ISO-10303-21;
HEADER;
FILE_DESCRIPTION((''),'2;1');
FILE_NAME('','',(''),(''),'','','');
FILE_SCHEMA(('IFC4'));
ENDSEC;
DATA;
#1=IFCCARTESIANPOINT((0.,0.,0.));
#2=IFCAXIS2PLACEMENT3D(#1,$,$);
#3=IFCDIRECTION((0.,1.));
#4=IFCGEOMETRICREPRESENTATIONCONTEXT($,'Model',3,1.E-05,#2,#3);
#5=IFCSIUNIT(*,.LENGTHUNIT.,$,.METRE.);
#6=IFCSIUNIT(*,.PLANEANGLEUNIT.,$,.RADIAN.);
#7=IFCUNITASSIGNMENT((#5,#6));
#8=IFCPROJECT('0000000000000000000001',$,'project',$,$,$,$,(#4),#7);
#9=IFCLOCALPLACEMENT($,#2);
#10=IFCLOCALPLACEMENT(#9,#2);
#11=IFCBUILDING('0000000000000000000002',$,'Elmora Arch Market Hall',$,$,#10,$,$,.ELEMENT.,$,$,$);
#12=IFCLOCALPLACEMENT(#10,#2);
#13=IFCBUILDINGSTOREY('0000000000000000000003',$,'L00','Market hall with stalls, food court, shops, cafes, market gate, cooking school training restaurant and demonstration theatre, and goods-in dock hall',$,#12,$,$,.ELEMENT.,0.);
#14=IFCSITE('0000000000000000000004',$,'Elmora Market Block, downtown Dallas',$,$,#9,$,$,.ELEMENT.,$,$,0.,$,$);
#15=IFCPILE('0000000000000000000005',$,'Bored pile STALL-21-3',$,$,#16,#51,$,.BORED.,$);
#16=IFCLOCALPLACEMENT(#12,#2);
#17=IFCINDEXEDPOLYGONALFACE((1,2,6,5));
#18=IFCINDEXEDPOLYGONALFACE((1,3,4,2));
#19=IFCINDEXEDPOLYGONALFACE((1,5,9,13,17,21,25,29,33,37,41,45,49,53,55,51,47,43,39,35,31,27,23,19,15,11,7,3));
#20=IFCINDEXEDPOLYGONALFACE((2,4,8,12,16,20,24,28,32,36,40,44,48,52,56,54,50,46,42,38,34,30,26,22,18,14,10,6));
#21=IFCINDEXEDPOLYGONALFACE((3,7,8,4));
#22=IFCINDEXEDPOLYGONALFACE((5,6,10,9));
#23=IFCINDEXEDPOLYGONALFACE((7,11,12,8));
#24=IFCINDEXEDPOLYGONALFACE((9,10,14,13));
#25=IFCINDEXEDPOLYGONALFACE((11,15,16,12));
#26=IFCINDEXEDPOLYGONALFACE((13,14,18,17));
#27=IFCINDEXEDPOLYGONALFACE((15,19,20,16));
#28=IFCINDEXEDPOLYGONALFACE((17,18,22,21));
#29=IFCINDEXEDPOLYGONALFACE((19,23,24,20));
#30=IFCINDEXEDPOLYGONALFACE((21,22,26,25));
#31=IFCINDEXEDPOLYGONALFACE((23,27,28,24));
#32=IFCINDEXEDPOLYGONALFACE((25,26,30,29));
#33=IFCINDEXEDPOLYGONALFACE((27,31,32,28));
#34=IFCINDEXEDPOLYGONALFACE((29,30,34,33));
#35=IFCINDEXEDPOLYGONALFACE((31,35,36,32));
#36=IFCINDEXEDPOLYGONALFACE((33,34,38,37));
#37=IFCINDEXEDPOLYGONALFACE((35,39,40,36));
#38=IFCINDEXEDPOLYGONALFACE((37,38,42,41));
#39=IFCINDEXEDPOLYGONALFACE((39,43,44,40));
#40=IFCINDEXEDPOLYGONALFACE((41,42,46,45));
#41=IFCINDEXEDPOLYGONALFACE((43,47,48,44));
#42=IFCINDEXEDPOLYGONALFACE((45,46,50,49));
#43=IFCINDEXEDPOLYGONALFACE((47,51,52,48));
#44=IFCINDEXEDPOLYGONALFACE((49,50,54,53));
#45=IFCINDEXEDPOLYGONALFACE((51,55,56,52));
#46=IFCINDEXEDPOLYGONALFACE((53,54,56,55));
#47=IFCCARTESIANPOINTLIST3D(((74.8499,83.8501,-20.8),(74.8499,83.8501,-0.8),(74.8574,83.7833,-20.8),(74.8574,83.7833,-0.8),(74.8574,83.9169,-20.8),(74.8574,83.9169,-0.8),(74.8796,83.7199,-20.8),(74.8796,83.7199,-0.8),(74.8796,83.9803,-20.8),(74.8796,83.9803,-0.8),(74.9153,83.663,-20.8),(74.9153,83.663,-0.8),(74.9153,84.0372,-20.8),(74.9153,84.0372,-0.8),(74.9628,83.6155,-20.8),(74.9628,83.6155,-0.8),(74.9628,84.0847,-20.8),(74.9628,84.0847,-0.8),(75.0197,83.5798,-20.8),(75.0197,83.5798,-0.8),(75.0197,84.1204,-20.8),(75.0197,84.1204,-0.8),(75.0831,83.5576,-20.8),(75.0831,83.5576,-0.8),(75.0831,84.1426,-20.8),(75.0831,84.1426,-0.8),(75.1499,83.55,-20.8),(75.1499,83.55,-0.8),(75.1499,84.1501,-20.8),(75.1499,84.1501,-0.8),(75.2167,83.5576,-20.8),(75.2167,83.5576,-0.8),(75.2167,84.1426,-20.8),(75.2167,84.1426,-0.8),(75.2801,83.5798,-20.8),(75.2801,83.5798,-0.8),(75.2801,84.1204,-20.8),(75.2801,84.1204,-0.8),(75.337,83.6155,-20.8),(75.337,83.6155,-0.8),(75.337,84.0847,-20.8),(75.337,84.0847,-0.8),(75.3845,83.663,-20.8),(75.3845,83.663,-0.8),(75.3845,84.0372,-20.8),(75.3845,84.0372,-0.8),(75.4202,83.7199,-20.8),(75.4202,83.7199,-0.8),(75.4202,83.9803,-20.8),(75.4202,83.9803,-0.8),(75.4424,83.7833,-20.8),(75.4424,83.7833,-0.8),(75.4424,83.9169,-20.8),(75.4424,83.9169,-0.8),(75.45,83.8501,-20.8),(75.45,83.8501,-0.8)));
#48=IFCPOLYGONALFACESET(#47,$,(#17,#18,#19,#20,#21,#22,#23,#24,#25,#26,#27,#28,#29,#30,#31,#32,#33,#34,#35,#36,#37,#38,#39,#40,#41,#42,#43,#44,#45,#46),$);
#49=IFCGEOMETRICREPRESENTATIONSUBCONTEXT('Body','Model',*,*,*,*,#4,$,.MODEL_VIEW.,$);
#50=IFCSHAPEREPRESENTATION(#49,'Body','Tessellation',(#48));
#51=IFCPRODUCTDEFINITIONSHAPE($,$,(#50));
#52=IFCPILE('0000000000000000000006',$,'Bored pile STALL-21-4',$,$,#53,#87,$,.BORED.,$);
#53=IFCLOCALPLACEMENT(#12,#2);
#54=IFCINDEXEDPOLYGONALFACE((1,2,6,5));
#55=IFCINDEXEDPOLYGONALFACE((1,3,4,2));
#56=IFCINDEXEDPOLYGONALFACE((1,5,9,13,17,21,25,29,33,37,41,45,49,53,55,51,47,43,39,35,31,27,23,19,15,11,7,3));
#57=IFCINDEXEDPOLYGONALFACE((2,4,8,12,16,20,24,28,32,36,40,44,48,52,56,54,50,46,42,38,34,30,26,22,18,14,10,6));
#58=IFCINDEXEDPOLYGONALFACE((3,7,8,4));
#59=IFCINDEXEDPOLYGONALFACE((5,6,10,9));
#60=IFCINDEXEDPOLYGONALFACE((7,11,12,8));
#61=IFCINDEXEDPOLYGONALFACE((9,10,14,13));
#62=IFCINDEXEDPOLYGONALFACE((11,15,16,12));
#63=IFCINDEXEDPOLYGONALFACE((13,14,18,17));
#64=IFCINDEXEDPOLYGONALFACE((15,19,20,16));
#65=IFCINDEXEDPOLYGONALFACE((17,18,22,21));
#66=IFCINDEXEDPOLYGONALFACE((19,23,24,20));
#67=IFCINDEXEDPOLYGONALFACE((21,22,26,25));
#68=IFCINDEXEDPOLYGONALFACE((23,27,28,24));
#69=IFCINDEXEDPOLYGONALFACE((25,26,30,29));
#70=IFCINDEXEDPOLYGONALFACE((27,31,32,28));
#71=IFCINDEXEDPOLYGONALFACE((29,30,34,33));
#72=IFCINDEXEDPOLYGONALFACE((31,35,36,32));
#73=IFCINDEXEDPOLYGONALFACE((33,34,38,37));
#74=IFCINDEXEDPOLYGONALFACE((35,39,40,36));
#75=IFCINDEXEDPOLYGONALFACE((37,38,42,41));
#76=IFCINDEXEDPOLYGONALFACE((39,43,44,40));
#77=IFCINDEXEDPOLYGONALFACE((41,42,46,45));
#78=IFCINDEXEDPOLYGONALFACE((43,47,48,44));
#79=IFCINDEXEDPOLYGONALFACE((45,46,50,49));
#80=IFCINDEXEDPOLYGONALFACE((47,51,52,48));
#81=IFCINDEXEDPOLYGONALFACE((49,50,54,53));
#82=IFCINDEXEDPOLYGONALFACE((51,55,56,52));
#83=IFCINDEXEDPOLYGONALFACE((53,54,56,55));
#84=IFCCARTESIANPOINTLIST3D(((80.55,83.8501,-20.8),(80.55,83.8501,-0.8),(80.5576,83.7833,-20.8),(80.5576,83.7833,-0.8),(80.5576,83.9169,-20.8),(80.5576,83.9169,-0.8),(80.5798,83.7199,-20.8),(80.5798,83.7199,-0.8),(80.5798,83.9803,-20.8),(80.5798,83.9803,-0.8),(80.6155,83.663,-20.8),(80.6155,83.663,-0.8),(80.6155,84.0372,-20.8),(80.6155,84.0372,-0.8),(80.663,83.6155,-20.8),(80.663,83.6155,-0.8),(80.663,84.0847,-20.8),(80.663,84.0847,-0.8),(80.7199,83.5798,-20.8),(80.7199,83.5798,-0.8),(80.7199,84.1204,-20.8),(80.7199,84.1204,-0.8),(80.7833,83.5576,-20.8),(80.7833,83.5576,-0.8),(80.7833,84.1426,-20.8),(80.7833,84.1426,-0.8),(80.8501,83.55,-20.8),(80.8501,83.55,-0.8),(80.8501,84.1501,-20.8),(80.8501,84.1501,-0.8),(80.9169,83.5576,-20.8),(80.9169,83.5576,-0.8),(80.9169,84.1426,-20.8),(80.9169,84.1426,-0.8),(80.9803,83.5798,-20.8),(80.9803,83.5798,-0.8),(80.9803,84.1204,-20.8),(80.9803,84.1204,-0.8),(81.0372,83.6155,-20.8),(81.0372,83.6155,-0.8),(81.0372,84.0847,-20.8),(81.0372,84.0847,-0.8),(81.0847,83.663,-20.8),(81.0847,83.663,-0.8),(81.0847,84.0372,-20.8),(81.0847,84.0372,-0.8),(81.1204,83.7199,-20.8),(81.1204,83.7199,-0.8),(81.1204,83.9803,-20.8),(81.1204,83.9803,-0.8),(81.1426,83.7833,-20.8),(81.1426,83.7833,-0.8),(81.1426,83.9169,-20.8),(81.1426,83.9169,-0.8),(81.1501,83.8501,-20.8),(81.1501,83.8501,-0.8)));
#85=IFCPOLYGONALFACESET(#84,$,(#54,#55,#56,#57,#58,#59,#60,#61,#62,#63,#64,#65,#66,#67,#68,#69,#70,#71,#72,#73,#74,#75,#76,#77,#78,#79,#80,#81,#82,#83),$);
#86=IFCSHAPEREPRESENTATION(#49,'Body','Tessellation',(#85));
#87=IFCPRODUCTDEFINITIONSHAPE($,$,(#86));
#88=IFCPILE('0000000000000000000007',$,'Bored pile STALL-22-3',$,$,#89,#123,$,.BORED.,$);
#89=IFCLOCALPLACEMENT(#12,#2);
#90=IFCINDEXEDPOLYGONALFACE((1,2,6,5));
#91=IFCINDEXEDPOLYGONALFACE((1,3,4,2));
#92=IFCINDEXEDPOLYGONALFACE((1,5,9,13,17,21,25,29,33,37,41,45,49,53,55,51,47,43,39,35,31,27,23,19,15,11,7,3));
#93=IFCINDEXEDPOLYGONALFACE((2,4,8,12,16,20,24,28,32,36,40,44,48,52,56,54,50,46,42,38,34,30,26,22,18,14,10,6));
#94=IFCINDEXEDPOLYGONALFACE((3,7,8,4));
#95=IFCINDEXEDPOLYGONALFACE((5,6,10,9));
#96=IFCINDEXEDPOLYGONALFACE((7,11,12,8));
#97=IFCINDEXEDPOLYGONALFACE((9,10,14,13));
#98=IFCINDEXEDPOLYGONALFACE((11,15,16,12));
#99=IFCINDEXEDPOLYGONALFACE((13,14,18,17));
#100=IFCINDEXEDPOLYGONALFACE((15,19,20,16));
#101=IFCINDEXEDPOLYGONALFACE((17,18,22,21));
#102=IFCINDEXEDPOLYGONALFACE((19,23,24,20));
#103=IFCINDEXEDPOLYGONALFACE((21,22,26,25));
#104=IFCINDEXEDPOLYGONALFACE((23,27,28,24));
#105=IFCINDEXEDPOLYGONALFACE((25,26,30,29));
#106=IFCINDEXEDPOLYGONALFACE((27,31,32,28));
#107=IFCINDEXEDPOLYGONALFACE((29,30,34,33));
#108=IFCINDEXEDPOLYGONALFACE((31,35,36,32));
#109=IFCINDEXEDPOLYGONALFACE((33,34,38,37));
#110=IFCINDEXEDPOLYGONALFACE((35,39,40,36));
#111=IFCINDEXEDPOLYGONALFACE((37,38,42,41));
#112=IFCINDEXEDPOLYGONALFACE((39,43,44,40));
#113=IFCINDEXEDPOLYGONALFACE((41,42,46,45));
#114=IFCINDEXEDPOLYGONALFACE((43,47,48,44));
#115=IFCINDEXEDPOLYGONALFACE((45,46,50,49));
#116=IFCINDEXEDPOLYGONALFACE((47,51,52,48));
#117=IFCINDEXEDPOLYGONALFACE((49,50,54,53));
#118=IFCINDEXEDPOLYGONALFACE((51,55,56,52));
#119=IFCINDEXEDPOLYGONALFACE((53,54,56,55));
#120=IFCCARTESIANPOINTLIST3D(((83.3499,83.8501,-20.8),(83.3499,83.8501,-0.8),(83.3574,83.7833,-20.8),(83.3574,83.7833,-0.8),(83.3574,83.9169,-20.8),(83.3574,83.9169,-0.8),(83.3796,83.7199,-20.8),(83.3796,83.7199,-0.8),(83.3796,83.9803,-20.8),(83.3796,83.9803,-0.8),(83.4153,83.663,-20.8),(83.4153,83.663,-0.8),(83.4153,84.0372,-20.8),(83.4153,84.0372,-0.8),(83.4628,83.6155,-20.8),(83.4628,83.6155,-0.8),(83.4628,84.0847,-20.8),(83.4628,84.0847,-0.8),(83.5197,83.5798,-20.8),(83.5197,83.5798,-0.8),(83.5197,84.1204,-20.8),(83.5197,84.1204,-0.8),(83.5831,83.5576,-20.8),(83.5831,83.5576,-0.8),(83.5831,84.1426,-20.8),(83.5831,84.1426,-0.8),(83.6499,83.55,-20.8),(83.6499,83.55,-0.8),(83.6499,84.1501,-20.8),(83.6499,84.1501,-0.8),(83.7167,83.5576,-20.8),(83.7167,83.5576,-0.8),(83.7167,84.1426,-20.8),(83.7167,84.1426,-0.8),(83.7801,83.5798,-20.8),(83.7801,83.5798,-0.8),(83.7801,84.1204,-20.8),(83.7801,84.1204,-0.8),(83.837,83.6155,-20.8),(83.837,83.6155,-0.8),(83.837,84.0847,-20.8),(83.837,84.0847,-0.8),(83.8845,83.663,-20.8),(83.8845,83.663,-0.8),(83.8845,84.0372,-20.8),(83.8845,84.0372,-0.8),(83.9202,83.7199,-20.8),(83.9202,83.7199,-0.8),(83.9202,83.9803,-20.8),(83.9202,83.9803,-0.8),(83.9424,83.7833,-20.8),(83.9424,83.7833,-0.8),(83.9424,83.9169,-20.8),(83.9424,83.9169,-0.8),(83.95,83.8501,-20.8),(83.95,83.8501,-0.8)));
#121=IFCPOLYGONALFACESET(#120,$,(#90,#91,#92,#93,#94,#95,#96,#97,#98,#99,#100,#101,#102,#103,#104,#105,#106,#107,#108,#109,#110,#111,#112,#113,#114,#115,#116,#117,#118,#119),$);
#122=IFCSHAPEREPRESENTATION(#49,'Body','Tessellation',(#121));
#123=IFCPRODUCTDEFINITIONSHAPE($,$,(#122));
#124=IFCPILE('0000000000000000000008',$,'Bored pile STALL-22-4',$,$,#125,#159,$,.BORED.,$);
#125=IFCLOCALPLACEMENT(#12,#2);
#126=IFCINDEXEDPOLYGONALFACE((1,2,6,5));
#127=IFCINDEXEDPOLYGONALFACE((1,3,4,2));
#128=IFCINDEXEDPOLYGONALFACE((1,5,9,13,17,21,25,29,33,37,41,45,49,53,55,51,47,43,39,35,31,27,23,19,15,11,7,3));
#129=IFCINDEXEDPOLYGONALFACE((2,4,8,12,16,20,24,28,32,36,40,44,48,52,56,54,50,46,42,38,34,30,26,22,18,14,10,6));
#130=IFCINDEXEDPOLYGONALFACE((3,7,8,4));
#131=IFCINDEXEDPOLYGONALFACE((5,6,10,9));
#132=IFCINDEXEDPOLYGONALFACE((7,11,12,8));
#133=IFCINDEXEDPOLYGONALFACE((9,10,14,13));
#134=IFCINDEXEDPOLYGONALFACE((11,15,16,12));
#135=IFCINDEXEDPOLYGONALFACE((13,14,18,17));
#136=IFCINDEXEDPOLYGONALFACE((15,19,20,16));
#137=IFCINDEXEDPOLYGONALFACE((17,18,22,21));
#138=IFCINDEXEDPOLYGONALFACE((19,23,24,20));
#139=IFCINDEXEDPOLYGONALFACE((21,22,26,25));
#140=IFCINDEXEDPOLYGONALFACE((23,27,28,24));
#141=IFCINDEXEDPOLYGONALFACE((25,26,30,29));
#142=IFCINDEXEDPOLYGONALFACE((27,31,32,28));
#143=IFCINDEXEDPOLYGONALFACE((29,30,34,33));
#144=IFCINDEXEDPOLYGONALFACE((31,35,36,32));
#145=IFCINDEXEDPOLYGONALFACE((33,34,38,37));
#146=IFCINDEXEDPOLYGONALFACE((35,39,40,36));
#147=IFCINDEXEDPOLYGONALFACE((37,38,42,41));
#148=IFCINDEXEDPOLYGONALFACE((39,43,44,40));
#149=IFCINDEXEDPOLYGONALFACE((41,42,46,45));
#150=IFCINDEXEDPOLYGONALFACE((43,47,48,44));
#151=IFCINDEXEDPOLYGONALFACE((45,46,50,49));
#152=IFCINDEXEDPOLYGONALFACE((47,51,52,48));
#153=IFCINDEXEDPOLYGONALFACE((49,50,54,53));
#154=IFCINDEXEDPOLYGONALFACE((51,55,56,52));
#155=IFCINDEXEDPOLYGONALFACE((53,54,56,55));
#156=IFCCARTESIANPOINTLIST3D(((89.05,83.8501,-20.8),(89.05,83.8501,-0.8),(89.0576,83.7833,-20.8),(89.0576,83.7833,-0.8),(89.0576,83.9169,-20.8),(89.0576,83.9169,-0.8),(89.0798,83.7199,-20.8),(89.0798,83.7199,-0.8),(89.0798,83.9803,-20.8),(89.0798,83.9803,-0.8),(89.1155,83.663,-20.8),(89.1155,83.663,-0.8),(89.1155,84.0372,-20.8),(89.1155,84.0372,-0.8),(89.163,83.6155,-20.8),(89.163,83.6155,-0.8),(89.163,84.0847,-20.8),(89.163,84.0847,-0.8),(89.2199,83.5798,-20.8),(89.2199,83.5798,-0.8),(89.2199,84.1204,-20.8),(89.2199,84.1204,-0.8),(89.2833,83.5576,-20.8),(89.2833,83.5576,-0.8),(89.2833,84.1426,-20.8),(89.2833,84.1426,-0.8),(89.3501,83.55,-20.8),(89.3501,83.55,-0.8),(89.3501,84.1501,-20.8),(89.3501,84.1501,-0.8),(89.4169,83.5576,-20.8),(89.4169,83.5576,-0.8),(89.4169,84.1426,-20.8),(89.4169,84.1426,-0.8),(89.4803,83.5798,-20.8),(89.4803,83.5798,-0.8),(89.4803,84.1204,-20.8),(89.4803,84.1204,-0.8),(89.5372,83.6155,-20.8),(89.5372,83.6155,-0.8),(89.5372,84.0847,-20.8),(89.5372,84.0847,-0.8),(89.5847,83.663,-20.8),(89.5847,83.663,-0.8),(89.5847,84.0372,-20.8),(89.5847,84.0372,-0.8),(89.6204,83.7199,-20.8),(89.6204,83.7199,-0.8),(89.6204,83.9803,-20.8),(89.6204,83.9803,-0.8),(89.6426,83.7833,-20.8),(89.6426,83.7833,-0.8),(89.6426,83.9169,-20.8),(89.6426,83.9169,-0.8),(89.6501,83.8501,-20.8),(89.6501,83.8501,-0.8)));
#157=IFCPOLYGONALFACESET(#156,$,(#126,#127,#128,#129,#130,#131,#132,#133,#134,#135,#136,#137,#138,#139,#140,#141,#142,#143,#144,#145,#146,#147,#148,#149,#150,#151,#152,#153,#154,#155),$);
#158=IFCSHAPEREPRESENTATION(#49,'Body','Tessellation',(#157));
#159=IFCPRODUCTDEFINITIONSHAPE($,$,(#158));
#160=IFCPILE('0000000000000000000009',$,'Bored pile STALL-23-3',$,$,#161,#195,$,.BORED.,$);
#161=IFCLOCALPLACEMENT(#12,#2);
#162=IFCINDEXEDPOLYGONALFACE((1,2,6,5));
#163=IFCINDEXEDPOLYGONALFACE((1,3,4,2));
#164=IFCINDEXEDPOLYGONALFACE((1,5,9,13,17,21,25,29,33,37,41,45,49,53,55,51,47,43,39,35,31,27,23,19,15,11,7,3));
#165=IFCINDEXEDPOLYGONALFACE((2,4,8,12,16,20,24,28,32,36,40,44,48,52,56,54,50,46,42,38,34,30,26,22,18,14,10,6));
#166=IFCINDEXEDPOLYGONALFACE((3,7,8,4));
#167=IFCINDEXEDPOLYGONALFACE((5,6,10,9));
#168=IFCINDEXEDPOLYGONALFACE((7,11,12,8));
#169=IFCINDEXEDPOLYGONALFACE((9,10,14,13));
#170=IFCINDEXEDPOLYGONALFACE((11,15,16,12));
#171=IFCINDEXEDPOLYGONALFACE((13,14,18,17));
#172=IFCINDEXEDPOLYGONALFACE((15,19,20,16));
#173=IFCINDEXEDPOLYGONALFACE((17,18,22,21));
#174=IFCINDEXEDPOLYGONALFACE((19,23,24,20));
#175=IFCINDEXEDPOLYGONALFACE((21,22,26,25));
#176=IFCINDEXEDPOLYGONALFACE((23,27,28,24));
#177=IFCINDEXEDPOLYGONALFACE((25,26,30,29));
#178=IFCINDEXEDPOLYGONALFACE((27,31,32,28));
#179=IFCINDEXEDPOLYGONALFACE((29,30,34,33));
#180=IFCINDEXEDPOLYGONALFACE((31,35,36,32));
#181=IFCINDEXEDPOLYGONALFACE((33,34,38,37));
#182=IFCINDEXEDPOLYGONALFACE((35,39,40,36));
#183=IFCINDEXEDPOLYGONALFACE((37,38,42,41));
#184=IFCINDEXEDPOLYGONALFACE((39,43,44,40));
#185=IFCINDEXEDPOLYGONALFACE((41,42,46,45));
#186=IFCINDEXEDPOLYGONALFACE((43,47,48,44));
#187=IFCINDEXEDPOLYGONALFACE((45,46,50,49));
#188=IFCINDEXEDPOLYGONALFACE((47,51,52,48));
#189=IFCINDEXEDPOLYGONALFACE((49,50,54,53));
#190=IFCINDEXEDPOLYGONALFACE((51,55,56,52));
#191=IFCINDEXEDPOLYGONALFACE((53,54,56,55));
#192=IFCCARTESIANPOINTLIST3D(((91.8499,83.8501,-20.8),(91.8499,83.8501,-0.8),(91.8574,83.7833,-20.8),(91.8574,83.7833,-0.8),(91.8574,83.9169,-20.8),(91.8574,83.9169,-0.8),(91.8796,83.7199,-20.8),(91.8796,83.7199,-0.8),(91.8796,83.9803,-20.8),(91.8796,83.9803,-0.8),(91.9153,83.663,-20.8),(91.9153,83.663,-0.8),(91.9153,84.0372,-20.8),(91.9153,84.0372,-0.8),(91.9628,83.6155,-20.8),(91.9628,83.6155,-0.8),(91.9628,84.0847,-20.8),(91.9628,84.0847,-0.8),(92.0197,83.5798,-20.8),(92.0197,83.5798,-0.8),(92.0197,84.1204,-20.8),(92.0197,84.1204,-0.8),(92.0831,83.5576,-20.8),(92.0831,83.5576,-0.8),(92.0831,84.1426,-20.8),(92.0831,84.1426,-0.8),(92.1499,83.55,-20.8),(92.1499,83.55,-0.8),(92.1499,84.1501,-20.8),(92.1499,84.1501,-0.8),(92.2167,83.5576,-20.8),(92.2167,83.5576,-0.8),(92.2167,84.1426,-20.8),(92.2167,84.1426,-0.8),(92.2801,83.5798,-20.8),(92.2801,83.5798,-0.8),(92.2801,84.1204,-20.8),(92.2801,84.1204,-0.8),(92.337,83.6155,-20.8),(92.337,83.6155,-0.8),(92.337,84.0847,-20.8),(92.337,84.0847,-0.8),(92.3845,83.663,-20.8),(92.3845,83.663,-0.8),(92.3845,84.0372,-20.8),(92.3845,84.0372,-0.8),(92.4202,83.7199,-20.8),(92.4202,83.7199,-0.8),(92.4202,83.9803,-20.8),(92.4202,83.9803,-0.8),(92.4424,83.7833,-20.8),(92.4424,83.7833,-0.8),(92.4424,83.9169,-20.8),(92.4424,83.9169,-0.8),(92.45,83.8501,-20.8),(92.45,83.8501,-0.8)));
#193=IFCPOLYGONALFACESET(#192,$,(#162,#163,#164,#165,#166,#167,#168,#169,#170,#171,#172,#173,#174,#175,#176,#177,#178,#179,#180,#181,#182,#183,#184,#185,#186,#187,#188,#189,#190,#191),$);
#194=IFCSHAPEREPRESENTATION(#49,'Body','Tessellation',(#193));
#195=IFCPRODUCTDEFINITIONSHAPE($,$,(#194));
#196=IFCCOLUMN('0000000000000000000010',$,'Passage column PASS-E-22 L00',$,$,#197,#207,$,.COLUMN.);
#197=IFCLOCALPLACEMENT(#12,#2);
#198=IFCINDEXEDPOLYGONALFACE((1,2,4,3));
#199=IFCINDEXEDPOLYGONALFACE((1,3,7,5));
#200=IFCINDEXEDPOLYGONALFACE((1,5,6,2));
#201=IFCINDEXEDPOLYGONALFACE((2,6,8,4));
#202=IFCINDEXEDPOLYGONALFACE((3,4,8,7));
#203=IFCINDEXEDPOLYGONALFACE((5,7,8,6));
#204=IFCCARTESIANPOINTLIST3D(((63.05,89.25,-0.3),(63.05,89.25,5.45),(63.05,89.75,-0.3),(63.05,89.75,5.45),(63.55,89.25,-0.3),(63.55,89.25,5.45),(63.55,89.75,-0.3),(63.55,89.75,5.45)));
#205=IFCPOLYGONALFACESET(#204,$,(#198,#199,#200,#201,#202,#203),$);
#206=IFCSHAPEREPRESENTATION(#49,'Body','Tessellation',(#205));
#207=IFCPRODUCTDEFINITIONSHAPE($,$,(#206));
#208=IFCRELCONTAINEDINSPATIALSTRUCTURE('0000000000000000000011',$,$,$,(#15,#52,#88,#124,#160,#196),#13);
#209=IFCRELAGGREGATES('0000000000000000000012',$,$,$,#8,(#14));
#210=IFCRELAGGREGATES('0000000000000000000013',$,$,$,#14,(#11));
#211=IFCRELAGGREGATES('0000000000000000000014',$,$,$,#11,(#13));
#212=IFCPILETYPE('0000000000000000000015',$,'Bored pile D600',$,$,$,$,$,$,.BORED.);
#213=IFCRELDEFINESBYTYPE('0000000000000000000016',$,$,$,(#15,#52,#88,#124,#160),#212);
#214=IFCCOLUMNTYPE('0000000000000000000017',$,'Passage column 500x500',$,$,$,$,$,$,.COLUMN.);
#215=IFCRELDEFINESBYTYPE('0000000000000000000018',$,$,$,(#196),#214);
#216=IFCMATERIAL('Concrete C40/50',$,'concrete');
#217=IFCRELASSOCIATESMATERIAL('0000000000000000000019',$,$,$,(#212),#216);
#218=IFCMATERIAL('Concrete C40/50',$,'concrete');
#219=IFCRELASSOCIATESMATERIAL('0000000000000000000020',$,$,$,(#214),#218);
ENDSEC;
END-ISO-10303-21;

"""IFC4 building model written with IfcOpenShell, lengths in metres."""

from ifc_helpers import new_model, si_unit, direction, frame, origin, origin_2d, place, context, subcontext, project, spatial, rectangle, circle, extrude, material, material_profile, profile_set, type_object, element, save


model = new_model("IFC4")

# Units and contexts
model_context = context("Model", 3, precision=1e-05, world=origin(), true_north=direction((0.0, 1.0)))
body_context = subcontext(model_context, "Body", "Model", "MODEL_VIEW")
ifc_project = project(units=[si_unit("LENGTHUNIT", "METRE"), si_unit("PLANEANGLEUNIT", "RADIAN")], contexts=[model_context])

# Site, building, storey
site_placement = place(None, origin())
site = spatial("IfcSite", under=ifc_project, at=site_placement, Name="Elmora Market Block, downtown Dallas", CompositionType="ELEMENT", RefElevation=0.0)
building_placement = place(site_placement, origin())
building = spatial("IfcBuilding", under=site, at=building_placement, Name="Elmora Arch Market Hall", CompositionType="ELEMENT")
storey_placement = place(building_placement, origin())
storey = spatial("IfcBuildingStorey", under=building, at=storey_placement, Name="L00", Description="Market hall with stalls, food court, shops, cafes, market gate, cooking school training restaurant and demonstration theatre, and goods-in dock hall", CompositionType="ELEMENT", Elevation=0.0)

# Piles
ifc_material_1 = material(Name="Concrete C40/50", Category="concrete")
ifc_material_profile_1 = material_profile(ifc_material_1, circle(Radius=0.3, at=origin_2d()), Name="Bored pile D600")
ifc_profile_set_1 = profile_set([ifc_material_profile_1], Name="Concrete C40/50")
pile_type = type_object("IfcPileType", Name="Bored pile D600", PredefinedType="BORED", material=ifc_profile_set_1)
for number, where, z_axis, x_axis, name in (
    (1, (75.1499, 83.8501, -0.8), (0.0, 0.0, -1.0), (1.0, 0.0, 0.0), "Bored pile STALL-21-3"),
    (2, (80.8501, 83.8501, -0.8), (0.0, 0.0, -1.0), (1.0, 0.0, 0.0), "Bored pile STALL-21-4"),
    (3, (83.6499, 83.8501, -0.8), (0.0, 0.0, -1.0), (1.0, 0.0, 0.0), "Bored pile STALL-22-3"),
    (4, (89.3501, 83.8501, -0.8), (0.0, 0.0, -1.0), (1.0, 0.0, 0.0), "Bored pile STALL-22-4"),
    (5, (92.1499, 83.8501, -0.8), (0.0, 0.0, -1.0), (1.0, 0.0, 0.0), "Bored pile STALL-23-3"),
):
    element("IfcPile", number, at=place(storey_placement, frame(where, z_axis=z_axis, x_axis=x_axis)), inside=storey, type_object=pile_type, Name=name, PredefinedType="BORED", context=body_context, shape_type="SweptSolid", body=[
        extrude(circle(Radius=0.3, at=origin_2d()), origin(), (0.0, 0.0, 1.0), 20.0),
    ])

# Column
ifc_material_2 = material(Name="Concrete C40/50", Category="concrete")
ifc_material_profile_2 = material_profile(ifc_material_2, rectangle(XDim=0.5, YDim=0.5, at=origin_2d()), Name="Passage column 500x500")
ifc_profile_set_2 = profile_set([ifc_material_profile_2], Name="Concrete C40/50")
column_type_1 = type_object("IfcColumnType", Name="Passage column 500x500", PredefinedType="COLUMN", material=ifc_profile_set_2)
for number, where, z_axis, x_axis, name in (
    (6, (63.3, 89.5, -0.3), (0.0, 0.0, 1.0), (1.0, 0.0, 0.0), "Passage column PASS-E-22 L00"),
):
    element("IfcColumn", number, at=place(storey_placement, frame(where, z_axis=z_axis, x_axis=x_axis)), inside=storey, type_object=column_type_1, Name=name, PredefinedType="COLUMN", context=body_context, shape_type="SweptSolid", body=[
        extrude(rectangle(XDim=0.5, YDim=0.5, at=origin_2d()), origin(), (0.0, 0.0, 1.0), 5.75),
    ])

save(model, "model.ifc")
